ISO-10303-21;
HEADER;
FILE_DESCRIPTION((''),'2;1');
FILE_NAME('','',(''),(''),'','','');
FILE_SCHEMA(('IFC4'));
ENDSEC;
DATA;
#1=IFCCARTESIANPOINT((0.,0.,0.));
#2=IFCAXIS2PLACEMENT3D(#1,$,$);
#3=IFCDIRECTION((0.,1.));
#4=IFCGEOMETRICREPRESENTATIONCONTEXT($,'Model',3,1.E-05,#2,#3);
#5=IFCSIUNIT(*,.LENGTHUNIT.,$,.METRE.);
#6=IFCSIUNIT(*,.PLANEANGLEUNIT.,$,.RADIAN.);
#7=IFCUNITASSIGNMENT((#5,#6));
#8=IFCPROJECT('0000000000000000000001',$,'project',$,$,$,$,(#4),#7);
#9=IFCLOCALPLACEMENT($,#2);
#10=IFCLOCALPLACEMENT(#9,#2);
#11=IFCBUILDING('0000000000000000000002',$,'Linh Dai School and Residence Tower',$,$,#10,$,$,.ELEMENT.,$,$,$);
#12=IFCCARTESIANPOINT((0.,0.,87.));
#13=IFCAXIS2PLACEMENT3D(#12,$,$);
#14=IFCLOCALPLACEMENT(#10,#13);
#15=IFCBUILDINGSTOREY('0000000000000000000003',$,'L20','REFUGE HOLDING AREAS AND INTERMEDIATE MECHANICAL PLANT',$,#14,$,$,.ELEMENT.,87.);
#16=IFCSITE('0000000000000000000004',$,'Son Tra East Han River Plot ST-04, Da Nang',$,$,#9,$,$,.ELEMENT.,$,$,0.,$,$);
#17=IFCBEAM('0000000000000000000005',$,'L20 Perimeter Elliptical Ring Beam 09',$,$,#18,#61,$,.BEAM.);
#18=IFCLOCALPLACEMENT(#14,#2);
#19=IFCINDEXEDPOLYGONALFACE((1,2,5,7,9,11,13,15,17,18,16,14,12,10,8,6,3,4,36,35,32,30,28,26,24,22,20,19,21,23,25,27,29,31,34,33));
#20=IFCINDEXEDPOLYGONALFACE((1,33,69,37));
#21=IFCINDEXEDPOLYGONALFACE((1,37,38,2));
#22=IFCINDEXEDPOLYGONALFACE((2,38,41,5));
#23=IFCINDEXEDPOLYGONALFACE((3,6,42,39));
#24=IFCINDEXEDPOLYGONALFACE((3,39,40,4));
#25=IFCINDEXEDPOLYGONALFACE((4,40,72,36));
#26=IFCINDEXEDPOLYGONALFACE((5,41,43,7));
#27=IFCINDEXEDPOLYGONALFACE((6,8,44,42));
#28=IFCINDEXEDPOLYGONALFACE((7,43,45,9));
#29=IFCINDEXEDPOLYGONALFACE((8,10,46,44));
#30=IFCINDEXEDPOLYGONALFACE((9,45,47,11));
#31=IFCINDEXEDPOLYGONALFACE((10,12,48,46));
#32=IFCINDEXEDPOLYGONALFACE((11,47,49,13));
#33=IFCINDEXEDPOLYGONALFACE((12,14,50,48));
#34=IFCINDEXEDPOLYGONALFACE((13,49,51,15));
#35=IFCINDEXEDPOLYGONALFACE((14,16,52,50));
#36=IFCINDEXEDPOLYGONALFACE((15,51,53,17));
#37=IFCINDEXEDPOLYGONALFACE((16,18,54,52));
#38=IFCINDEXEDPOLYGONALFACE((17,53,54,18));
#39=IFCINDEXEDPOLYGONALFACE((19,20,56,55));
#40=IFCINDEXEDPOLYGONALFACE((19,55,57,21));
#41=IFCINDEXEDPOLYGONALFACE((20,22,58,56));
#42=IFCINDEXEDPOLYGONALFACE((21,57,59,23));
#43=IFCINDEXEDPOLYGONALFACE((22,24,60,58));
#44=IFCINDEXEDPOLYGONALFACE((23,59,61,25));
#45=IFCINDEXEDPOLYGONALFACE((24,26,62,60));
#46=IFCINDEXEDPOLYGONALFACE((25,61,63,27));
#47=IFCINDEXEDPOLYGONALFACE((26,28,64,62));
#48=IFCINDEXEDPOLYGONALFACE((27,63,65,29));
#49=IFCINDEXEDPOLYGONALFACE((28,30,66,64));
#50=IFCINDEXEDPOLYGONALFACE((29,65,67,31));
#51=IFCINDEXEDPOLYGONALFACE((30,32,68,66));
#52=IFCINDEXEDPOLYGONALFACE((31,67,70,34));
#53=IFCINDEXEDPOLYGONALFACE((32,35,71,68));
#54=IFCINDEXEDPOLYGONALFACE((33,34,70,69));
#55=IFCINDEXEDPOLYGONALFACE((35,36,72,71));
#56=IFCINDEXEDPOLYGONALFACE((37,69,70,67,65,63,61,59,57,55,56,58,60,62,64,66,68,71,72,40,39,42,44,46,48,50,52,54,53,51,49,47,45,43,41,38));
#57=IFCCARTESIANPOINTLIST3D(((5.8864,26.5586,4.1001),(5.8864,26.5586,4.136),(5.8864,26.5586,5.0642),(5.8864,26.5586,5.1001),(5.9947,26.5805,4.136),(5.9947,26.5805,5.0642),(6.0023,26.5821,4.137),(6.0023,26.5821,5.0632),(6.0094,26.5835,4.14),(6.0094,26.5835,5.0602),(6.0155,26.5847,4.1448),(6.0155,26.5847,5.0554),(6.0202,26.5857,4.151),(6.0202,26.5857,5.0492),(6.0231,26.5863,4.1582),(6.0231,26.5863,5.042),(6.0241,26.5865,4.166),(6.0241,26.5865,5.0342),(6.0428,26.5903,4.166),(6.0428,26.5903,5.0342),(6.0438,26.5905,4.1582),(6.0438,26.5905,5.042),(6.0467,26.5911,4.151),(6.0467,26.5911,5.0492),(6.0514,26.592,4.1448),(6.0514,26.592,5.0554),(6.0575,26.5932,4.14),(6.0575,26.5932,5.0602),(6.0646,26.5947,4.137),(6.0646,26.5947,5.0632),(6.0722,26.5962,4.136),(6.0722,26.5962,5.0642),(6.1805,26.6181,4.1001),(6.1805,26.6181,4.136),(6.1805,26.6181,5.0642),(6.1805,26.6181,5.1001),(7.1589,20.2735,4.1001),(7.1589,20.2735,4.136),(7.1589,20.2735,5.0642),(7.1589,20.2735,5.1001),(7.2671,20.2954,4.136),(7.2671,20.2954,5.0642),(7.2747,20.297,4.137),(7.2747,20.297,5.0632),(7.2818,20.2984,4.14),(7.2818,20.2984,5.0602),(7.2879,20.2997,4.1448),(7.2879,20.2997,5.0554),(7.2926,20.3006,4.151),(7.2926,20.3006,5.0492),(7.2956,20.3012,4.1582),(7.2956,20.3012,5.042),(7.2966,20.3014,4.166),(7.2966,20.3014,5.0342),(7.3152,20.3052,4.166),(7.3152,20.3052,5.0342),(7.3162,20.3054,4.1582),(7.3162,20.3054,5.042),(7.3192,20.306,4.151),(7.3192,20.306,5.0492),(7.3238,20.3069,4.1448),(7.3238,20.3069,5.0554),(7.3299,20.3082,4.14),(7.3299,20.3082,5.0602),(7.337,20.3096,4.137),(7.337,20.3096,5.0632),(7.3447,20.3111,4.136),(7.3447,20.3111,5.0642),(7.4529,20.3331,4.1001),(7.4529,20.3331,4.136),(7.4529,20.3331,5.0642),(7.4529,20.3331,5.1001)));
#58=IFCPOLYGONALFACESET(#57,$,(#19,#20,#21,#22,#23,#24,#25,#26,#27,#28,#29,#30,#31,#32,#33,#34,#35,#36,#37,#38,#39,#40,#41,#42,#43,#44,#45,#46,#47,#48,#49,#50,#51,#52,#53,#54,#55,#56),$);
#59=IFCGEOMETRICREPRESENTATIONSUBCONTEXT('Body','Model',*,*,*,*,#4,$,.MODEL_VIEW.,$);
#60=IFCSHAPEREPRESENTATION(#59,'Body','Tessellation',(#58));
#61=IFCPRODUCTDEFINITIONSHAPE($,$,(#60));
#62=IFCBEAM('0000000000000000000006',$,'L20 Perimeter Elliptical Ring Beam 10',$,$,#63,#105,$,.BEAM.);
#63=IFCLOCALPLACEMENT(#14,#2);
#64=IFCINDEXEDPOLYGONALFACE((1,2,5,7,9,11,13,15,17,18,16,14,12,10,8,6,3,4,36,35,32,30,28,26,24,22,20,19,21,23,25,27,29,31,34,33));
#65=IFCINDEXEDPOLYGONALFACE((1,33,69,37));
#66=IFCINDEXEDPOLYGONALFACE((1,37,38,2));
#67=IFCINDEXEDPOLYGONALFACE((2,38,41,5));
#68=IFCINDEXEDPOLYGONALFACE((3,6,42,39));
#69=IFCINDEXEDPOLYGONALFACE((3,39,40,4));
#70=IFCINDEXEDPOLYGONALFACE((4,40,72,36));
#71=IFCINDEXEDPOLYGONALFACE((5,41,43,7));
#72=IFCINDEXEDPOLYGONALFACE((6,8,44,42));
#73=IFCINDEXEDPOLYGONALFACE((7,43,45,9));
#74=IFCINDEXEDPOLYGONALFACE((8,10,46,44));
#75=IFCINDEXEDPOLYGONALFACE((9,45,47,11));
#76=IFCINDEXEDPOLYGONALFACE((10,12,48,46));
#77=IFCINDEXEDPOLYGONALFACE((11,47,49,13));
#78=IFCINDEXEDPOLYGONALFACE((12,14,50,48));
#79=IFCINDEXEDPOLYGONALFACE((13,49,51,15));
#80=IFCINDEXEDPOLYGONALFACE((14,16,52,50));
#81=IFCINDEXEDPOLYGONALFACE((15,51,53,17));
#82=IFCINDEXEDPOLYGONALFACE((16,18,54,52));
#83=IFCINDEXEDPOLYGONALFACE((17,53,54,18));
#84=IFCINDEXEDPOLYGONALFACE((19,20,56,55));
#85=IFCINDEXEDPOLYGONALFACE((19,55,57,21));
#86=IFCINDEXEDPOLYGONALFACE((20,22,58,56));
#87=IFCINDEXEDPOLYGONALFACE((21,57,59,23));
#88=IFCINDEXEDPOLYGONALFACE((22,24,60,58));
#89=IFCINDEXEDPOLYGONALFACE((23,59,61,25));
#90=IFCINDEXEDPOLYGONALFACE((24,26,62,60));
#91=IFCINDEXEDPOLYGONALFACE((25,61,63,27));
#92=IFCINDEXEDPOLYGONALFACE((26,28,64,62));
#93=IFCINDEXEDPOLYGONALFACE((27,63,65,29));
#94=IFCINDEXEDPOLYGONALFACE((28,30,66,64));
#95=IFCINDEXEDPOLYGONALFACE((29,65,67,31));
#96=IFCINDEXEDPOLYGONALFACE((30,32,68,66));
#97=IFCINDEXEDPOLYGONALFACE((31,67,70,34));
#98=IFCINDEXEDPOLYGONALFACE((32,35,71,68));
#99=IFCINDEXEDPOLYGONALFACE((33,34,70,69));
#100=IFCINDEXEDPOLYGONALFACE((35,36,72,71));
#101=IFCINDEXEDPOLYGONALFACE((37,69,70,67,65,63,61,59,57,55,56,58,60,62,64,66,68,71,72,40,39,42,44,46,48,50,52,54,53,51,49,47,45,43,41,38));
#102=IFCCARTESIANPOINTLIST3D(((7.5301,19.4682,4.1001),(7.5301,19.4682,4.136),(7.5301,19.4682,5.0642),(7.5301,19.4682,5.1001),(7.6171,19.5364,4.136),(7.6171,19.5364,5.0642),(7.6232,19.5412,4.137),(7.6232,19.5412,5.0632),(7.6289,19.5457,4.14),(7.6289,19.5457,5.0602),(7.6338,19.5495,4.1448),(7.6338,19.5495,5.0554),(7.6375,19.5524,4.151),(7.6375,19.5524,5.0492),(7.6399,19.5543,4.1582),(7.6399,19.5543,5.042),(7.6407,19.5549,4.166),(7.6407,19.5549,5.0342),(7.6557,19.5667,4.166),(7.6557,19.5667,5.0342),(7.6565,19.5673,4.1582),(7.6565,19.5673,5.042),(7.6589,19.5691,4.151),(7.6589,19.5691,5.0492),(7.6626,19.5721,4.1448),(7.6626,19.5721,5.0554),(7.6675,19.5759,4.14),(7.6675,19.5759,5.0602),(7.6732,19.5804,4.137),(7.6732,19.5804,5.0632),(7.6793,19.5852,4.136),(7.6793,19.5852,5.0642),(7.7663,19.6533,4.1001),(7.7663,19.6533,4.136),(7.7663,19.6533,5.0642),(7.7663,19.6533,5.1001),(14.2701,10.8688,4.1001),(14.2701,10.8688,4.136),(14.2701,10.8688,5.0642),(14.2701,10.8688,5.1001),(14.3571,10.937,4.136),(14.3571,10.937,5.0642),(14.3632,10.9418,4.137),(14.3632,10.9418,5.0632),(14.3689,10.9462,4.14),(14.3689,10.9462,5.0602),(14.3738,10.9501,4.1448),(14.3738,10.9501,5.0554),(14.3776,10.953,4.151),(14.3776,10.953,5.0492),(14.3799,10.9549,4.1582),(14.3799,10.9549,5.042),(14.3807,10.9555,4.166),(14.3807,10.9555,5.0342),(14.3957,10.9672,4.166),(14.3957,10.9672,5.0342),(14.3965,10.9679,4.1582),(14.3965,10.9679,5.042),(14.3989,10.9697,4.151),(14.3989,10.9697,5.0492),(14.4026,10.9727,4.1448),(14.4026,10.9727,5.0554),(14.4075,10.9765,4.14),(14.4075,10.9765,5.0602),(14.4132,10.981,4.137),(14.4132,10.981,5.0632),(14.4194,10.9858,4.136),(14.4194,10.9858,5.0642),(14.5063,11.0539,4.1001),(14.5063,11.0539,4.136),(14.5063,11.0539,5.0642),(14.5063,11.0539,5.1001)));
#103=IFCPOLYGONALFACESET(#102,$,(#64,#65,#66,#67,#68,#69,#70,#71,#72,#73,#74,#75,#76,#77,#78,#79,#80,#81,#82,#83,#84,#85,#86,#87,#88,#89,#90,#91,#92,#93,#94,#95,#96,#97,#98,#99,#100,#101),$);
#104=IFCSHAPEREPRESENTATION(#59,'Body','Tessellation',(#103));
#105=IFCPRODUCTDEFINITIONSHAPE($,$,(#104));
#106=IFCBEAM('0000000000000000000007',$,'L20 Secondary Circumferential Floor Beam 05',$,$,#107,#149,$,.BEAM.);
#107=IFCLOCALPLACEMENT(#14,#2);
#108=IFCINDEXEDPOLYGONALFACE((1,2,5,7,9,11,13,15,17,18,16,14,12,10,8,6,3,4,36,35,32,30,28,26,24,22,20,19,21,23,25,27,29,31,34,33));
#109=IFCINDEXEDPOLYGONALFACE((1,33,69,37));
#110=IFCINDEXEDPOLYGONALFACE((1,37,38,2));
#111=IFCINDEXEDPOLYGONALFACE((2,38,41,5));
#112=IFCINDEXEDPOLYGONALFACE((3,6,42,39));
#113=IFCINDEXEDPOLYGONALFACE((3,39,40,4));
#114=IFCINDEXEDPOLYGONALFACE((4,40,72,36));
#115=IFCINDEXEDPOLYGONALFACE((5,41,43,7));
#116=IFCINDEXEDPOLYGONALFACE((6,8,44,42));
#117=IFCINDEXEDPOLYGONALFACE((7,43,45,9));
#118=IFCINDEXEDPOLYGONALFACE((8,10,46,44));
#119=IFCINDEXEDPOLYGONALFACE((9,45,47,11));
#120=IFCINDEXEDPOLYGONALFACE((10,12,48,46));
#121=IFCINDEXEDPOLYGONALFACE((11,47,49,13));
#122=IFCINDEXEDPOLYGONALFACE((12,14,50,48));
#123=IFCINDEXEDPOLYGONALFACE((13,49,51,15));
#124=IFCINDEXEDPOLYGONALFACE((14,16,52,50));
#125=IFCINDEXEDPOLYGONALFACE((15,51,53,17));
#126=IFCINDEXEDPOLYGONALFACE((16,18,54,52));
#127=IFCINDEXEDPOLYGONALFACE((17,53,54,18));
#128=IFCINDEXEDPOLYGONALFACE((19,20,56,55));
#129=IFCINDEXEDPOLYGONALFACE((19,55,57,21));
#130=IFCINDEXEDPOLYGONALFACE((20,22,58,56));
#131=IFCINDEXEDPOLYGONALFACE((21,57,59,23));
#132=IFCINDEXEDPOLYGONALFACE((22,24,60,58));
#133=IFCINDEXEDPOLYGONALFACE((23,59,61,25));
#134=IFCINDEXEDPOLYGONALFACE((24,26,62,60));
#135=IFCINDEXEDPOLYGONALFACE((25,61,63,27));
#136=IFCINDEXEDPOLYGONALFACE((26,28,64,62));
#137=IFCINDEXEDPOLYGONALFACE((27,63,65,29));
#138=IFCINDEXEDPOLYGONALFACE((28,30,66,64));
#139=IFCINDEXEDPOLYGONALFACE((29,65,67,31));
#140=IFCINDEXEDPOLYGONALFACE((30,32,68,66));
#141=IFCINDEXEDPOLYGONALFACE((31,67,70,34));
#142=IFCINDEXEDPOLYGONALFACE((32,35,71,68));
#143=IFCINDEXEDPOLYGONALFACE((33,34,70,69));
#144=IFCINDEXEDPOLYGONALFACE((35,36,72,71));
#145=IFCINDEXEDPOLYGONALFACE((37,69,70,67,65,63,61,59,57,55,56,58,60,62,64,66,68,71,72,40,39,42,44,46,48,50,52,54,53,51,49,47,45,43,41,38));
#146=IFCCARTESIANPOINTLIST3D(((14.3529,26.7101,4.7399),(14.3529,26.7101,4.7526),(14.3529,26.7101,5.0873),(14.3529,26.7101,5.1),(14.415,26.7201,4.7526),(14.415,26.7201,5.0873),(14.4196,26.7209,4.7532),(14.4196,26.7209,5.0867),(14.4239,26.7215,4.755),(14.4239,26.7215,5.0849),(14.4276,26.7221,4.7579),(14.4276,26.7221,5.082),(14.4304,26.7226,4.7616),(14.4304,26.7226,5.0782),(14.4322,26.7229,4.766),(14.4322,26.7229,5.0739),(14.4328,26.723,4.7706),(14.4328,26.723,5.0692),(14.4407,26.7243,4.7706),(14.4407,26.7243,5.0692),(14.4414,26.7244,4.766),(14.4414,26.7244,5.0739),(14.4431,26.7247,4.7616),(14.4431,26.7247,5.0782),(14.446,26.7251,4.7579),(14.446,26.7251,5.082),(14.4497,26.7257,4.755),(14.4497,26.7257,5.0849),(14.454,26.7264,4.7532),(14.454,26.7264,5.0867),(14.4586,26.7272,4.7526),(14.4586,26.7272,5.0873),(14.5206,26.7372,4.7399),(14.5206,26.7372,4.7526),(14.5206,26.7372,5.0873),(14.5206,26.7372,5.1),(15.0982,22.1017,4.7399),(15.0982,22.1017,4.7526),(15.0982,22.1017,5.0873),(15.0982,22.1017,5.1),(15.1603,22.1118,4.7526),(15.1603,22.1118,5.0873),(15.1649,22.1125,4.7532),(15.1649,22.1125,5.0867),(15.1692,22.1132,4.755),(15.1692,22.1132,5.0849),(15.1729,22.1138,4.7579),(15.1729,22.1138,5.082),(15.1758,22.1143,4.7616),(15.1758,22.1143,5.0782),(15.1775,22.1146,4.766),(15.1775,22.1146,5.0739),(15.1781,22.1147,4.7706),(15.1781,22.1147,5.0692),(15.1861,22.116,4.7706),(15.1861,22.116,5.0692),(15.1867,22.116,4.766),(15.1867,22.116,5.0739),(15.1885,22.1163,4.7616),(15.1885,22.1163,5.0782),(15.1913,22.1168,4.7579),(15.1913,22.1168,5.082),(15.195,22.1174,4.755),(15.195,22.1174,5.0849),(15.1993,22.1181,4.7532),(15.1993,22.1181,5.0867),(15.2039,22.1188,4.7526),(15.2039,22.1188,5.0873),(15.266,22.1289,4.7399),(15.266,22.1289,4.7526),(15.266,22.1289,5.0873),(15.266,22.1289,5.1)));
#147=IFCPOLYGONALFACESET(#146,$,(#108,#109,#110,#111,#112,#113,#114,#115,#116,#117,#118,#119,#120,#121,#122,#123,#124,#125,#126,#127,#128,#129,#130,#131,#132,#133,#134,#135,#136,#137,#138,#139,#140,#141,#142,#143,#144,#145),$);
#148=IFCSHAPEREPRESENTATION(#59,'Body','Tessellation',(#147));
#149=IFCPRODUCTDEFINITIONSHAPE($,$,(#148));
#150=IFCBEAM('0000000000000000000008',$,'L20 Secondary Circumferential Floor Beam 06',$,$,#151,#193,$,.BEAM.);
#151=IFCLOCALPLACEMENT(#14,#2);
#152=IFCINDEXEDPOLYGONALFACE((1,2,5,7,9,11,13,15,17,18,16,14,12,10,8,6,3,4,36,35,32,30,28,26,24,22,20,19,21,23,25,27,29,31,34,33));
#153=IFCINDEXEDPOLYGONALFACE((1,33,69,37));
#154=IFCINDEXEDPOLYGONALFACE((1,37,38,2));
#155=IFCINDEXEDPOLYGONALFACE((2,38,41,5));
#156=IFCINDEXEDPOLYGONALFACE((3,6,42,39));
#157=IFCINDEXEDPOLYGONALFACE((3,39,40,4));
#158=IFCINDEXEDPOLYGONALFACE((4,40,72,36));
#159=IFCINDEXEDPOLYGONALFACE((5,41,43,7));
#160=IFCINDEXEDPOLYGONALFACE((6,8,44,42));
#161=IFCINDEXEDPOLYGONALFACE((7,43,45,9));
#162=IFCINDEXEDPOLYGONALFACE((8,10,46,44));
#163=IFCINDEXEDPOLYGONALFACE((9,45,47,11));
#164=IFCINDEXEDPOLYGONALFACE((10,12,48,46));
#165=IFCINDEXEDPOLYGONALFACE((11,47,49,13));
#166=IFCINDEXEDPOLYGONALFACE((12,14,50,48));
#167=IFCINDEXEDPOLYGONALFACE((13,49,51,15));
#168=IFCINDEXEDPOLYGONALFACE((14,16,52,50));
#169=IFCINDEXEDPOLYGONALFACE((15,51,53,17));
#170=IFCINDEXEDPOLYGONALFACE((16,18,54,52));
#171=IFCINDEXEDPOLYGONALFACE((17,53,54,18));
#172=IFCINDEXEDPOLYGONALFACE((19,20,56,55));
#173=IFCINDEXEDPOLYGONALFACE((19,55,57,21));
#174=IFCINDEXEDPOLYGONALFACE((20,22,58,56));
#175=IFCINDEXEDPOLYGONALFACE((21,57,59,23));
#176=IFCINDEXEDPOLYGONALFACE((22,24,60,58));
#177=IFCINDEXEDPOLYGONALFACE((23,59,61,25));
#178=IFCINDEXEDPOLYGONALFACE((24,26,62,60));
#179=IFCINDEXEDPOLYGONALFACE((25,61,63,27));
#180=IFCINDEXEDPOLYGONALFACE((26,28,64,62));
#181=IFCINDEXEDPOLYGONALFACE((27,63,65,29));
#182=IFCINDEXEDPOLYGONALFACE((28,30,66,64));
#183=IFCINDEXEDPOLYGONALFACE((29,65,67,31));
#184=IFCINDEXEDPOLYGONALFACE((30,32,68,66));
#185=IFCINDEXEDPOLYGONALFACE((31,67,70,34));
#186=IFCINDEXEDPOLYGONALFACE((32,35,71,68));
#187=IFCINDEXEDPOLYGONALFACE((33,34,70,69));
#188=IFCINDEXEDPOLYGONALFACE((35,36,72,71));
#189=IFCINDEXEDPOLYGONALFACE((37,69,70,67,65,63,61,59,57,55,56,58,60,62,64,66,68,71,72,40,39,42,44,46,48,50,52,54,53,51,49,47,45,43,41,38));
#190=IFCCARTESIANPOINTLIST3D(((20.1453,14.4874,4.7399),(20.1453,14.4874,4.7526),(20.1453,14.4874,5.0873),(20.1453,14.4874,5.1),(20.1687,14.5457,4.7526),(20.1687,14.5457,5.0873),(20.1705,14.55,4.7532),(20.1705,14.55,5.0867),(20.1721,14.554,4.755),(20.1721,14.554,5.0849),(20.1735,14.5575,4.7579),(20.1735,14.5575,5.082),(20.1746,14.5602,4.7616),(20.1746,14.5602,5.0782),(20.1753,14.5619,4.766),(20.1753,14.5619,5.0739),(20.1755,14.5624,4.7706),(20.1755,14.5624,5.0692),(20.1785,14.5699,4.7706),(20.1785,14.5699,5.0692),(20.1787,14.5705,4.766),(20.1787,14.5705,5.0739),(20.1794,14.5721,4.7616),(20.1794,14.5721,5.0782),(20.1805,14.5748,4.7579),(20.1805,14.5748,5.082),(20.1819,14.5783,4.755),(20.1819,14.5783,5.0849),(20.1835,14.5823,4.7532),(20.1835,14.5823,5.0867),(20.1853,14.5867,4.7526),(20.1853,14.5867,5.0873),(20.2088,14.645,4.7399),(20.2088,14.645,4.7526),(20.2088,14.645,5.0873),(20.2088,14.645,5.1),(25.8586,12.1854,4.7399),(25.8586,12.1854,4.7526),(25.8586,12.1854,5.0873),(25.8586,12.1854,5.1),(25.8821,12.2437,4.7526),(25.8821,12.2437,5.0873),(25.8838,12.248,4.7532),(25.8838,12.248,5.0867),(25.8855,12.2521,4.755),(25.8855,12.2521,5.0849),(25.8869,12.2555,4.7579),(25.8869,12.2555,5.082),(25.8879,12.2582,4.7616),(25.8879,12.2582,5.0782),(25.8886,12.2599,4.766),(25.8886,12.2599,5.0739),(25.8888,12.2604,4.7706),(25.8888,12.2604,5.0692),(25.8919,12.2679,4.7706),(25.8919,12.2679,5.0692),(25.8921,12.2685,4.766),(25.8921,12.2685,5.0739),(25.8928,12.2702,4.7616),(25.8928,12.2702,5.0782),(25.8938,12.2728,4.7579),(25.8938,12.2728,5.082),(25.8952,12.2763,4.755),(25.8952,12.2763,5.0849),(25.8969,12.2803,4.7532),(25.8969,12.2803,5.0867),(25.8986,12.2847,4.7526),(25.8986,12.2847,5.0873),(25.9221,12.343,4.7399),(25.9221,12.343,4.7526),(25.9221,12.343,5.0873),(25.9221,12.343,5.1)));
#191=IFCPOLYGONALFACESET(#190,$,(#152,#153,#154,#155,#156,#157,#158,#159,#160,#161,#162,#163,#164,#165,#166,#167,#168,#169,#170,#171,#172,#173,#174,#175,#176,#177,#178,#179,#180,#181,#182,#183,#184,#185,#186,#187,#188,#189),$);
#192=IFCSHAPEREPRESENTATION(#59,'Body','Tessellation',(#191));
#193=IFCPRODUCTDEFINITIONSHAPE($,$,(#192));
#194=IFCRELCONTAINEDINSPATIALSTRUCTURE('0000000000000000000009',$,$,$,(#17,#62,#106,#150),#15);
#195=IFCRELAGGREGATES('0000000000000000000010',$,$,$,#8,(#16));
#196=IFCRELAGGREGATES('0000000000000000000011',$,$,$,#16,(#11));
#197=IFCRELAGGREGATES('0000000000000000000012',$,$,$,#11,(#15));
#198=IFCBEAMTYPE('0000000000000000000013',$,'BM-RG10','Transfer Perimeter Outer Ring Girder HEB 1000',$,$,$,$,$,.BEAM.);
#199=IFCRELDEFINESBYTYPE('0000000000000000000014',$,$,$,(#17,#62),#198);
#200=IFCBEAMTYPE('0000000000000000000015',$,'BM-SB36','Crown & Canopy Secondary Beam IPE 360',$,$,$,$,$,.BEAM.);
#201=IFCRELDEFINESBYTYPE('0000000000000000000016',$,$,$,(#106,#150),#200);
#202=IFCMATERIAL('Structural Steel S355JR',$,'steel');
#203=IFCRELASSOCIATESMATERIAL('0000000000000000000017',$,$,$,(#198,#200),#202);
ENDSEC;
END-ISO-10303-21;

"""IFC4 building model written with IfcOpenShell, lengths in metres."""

from ifc_helpers import new_model, si_unit, direction, frame, origin, origin_2d, place, context, subcontext, project, spatial, i_section, extrude, material, material_profile, profile_set, type_object, element, save


model = new_model("IFC4")

# Units and contexts
model_context = context("Model", 3, precision=1e-05, world=origin(), true_north=direction((0.0, 1.0)))
body_context = subcontext(model_context, "Body", "Model", "MODEL_VIEW")
ifc_project = project(units=[si_unit("LENGTHUNIT", "METRE"), si_unit("PLANEANGLEUNIT", "RADIAN")], contexts=[model_context])

# Site, building, storey
site_placement = place(None, origin())
site = spatial("IfcSite", under=ifc_project, at=site_placement, Name="Son Tra East Han River Plot ST-04, Da Nang", CompositionType="ELEMENT", RefElevation=0.0)
building_placement = place(site_placement, origin())
building = spatial("IfcBuilding", under=site, at=building_placement, Name="Linh Dai School and Residence Tower", CompositionType="ELEMENT")
storey_placement = place(building_placement, frame((0.0, 0.0, 87.0)))
storey = spatial("IfcBuildingStorey", under=building, at=storey_placement, Name="L20", Description="REFUGE HOLDING AREAS AND INTERMEDIATE MECHANICAL PLANT", CompositionType="ELEMENT", Elevation=87.0)

# Shared definitions
ifc_material_1 = material(Name="Structural Steel S355JR", Category="steel")

# Beams
ifc_material_profile_1 = material_profile(ifc_material_1, i_section(OverallWidth=0.3, OverallDepth=1.0, WebThickness=0.019, FlangeThickness=0.0359, FilletRadius=0.03, at=origin_2d()), Name="HEB 1000")
ifc_profile_set_1 = profile_set([ifc_material_profile_1], Name="Structural Steel S355JR")
beam_type_1 = type_object("IfcBeamType", Name="BM-RG10", Description="Transfer Perimeter Outer Ring Girder HEB 1000", PredefinedType="BEAM", material=ifc_profile_set_1)
beam_1_placement = place(storey_placement, frame((6.0334, 26.5884, 4.6001), z_axis=(0.198429, -0.980115, 0.0), x_axis=(0.980115, 0.198429, 0.0)))
element("IfcBeam", 1, at=beam_1_placement, inside=storey, type_object=beam_type_1, Name="L20 Perimeter Elliptical Ring Beam 09", PredefinedType="BEAM", context=body_context, shape_type="SweptSolid", body=[
    extrude(i_section(OverallWidth=0.3, OverallDepth=1.0, WebThickness=0.019, FlangeThickness=0.0359, FilletRadius=0.03, at=origin_2d()), origin(), (0.0, 0.0, 1.0), 6.4126),
])
beam_2_placement = place(storey_placement, frame((7.6482, 19.5608, 4.6001), z_axis=(0.616879, -0.787058, 0.0), x_axis=(0.787058, 0.616879, 0.0)))
element("IfcBeam", 2, at=beam_2_placement, inside=storey, type_object=beam_type_1, Name="L20 Perimeter Elliptical Ring Beam 10", PredefinedType="BEAM", context=body_context, shape_type="SweptSolid", body=[
    extrude(i_section(OverallWidth=0.3, OverallDepth=1.0, WebThickness=0.019, FlangeThickness=0.0359, FilletRadius=0.03, at=origin_2d()), origin(), (0.0, 0.0, 1.0), 10.926),
])
ifc_material_profile_2 = material_profile(ifc_material_1, i_section(OverallWidth=0.1699, OverallDepth=0.3601, WebThickness=0.0081, FlangeThickness=0.0127, FilletRadius=0.0181, at=origin_2d()), Name="IPE 360")
ifc_profile_set_2 = profile_set([ifc_material_profile_2], Name="Structural Steel S355JR")
beam_type_2 = type_object("IfcBeamType", Name="BM-SB36", Description="Crown & Canopy Secondary Beam IPE 360", PredefinedType="BEAM", material=ifc_profile_set_2)
beam_3_placement = place(storey_placement, frame((14.4368, 26.7236, 4.9199), z_axis=(0.159665, -0.987171, 0.0), x_axis=(0.987171, 0.159665, 0.0)))
element("IfcBeam", 3, at=beam_3_placement, inside=storey, type_object=beam_type_2, Name="L20 Secondary Circumferential Floor Beam 05", PredefinedType="BEAM", context=body_context, shape_type="SweptSolid", body=[
    extrude(i_section(OverallWidth=0.1699, OverallDepth=0.3601, WebThickness=0.0081, FlangeThickness=0.0127, FilletRadius=0.0181, at=origin_2d()), origin(), (0.0, 0.0, 1.0), 4.6682),
])
beam_4_placement = place(storey_placement, frame((20.177, 14.5662, 4.9199), z_axis=(0.927542, -0.37372, 0.0), x_axis=(0.37372, 0.927542, 0.0)))
element("IfcBeam", 4, at=beam_4_placement, inside=storey, type_object=beam_type_2, Name="L20 Secondary Circumferential Floor Beam 06", PredefinedType="BEAM", context=body_context, shape_type="SweptSolid", body=[
    extrude(i_section(OverallWidth=0.1699, OverallDepth=0.3601, WebThickness=0.0081, FlangeThickness=0.0127, FilletRadius=0.0181, at=origin_2d()), origin(), (0.0, 0.0, 1.0), 6.1597),
])

save(model, "model.ifc")
